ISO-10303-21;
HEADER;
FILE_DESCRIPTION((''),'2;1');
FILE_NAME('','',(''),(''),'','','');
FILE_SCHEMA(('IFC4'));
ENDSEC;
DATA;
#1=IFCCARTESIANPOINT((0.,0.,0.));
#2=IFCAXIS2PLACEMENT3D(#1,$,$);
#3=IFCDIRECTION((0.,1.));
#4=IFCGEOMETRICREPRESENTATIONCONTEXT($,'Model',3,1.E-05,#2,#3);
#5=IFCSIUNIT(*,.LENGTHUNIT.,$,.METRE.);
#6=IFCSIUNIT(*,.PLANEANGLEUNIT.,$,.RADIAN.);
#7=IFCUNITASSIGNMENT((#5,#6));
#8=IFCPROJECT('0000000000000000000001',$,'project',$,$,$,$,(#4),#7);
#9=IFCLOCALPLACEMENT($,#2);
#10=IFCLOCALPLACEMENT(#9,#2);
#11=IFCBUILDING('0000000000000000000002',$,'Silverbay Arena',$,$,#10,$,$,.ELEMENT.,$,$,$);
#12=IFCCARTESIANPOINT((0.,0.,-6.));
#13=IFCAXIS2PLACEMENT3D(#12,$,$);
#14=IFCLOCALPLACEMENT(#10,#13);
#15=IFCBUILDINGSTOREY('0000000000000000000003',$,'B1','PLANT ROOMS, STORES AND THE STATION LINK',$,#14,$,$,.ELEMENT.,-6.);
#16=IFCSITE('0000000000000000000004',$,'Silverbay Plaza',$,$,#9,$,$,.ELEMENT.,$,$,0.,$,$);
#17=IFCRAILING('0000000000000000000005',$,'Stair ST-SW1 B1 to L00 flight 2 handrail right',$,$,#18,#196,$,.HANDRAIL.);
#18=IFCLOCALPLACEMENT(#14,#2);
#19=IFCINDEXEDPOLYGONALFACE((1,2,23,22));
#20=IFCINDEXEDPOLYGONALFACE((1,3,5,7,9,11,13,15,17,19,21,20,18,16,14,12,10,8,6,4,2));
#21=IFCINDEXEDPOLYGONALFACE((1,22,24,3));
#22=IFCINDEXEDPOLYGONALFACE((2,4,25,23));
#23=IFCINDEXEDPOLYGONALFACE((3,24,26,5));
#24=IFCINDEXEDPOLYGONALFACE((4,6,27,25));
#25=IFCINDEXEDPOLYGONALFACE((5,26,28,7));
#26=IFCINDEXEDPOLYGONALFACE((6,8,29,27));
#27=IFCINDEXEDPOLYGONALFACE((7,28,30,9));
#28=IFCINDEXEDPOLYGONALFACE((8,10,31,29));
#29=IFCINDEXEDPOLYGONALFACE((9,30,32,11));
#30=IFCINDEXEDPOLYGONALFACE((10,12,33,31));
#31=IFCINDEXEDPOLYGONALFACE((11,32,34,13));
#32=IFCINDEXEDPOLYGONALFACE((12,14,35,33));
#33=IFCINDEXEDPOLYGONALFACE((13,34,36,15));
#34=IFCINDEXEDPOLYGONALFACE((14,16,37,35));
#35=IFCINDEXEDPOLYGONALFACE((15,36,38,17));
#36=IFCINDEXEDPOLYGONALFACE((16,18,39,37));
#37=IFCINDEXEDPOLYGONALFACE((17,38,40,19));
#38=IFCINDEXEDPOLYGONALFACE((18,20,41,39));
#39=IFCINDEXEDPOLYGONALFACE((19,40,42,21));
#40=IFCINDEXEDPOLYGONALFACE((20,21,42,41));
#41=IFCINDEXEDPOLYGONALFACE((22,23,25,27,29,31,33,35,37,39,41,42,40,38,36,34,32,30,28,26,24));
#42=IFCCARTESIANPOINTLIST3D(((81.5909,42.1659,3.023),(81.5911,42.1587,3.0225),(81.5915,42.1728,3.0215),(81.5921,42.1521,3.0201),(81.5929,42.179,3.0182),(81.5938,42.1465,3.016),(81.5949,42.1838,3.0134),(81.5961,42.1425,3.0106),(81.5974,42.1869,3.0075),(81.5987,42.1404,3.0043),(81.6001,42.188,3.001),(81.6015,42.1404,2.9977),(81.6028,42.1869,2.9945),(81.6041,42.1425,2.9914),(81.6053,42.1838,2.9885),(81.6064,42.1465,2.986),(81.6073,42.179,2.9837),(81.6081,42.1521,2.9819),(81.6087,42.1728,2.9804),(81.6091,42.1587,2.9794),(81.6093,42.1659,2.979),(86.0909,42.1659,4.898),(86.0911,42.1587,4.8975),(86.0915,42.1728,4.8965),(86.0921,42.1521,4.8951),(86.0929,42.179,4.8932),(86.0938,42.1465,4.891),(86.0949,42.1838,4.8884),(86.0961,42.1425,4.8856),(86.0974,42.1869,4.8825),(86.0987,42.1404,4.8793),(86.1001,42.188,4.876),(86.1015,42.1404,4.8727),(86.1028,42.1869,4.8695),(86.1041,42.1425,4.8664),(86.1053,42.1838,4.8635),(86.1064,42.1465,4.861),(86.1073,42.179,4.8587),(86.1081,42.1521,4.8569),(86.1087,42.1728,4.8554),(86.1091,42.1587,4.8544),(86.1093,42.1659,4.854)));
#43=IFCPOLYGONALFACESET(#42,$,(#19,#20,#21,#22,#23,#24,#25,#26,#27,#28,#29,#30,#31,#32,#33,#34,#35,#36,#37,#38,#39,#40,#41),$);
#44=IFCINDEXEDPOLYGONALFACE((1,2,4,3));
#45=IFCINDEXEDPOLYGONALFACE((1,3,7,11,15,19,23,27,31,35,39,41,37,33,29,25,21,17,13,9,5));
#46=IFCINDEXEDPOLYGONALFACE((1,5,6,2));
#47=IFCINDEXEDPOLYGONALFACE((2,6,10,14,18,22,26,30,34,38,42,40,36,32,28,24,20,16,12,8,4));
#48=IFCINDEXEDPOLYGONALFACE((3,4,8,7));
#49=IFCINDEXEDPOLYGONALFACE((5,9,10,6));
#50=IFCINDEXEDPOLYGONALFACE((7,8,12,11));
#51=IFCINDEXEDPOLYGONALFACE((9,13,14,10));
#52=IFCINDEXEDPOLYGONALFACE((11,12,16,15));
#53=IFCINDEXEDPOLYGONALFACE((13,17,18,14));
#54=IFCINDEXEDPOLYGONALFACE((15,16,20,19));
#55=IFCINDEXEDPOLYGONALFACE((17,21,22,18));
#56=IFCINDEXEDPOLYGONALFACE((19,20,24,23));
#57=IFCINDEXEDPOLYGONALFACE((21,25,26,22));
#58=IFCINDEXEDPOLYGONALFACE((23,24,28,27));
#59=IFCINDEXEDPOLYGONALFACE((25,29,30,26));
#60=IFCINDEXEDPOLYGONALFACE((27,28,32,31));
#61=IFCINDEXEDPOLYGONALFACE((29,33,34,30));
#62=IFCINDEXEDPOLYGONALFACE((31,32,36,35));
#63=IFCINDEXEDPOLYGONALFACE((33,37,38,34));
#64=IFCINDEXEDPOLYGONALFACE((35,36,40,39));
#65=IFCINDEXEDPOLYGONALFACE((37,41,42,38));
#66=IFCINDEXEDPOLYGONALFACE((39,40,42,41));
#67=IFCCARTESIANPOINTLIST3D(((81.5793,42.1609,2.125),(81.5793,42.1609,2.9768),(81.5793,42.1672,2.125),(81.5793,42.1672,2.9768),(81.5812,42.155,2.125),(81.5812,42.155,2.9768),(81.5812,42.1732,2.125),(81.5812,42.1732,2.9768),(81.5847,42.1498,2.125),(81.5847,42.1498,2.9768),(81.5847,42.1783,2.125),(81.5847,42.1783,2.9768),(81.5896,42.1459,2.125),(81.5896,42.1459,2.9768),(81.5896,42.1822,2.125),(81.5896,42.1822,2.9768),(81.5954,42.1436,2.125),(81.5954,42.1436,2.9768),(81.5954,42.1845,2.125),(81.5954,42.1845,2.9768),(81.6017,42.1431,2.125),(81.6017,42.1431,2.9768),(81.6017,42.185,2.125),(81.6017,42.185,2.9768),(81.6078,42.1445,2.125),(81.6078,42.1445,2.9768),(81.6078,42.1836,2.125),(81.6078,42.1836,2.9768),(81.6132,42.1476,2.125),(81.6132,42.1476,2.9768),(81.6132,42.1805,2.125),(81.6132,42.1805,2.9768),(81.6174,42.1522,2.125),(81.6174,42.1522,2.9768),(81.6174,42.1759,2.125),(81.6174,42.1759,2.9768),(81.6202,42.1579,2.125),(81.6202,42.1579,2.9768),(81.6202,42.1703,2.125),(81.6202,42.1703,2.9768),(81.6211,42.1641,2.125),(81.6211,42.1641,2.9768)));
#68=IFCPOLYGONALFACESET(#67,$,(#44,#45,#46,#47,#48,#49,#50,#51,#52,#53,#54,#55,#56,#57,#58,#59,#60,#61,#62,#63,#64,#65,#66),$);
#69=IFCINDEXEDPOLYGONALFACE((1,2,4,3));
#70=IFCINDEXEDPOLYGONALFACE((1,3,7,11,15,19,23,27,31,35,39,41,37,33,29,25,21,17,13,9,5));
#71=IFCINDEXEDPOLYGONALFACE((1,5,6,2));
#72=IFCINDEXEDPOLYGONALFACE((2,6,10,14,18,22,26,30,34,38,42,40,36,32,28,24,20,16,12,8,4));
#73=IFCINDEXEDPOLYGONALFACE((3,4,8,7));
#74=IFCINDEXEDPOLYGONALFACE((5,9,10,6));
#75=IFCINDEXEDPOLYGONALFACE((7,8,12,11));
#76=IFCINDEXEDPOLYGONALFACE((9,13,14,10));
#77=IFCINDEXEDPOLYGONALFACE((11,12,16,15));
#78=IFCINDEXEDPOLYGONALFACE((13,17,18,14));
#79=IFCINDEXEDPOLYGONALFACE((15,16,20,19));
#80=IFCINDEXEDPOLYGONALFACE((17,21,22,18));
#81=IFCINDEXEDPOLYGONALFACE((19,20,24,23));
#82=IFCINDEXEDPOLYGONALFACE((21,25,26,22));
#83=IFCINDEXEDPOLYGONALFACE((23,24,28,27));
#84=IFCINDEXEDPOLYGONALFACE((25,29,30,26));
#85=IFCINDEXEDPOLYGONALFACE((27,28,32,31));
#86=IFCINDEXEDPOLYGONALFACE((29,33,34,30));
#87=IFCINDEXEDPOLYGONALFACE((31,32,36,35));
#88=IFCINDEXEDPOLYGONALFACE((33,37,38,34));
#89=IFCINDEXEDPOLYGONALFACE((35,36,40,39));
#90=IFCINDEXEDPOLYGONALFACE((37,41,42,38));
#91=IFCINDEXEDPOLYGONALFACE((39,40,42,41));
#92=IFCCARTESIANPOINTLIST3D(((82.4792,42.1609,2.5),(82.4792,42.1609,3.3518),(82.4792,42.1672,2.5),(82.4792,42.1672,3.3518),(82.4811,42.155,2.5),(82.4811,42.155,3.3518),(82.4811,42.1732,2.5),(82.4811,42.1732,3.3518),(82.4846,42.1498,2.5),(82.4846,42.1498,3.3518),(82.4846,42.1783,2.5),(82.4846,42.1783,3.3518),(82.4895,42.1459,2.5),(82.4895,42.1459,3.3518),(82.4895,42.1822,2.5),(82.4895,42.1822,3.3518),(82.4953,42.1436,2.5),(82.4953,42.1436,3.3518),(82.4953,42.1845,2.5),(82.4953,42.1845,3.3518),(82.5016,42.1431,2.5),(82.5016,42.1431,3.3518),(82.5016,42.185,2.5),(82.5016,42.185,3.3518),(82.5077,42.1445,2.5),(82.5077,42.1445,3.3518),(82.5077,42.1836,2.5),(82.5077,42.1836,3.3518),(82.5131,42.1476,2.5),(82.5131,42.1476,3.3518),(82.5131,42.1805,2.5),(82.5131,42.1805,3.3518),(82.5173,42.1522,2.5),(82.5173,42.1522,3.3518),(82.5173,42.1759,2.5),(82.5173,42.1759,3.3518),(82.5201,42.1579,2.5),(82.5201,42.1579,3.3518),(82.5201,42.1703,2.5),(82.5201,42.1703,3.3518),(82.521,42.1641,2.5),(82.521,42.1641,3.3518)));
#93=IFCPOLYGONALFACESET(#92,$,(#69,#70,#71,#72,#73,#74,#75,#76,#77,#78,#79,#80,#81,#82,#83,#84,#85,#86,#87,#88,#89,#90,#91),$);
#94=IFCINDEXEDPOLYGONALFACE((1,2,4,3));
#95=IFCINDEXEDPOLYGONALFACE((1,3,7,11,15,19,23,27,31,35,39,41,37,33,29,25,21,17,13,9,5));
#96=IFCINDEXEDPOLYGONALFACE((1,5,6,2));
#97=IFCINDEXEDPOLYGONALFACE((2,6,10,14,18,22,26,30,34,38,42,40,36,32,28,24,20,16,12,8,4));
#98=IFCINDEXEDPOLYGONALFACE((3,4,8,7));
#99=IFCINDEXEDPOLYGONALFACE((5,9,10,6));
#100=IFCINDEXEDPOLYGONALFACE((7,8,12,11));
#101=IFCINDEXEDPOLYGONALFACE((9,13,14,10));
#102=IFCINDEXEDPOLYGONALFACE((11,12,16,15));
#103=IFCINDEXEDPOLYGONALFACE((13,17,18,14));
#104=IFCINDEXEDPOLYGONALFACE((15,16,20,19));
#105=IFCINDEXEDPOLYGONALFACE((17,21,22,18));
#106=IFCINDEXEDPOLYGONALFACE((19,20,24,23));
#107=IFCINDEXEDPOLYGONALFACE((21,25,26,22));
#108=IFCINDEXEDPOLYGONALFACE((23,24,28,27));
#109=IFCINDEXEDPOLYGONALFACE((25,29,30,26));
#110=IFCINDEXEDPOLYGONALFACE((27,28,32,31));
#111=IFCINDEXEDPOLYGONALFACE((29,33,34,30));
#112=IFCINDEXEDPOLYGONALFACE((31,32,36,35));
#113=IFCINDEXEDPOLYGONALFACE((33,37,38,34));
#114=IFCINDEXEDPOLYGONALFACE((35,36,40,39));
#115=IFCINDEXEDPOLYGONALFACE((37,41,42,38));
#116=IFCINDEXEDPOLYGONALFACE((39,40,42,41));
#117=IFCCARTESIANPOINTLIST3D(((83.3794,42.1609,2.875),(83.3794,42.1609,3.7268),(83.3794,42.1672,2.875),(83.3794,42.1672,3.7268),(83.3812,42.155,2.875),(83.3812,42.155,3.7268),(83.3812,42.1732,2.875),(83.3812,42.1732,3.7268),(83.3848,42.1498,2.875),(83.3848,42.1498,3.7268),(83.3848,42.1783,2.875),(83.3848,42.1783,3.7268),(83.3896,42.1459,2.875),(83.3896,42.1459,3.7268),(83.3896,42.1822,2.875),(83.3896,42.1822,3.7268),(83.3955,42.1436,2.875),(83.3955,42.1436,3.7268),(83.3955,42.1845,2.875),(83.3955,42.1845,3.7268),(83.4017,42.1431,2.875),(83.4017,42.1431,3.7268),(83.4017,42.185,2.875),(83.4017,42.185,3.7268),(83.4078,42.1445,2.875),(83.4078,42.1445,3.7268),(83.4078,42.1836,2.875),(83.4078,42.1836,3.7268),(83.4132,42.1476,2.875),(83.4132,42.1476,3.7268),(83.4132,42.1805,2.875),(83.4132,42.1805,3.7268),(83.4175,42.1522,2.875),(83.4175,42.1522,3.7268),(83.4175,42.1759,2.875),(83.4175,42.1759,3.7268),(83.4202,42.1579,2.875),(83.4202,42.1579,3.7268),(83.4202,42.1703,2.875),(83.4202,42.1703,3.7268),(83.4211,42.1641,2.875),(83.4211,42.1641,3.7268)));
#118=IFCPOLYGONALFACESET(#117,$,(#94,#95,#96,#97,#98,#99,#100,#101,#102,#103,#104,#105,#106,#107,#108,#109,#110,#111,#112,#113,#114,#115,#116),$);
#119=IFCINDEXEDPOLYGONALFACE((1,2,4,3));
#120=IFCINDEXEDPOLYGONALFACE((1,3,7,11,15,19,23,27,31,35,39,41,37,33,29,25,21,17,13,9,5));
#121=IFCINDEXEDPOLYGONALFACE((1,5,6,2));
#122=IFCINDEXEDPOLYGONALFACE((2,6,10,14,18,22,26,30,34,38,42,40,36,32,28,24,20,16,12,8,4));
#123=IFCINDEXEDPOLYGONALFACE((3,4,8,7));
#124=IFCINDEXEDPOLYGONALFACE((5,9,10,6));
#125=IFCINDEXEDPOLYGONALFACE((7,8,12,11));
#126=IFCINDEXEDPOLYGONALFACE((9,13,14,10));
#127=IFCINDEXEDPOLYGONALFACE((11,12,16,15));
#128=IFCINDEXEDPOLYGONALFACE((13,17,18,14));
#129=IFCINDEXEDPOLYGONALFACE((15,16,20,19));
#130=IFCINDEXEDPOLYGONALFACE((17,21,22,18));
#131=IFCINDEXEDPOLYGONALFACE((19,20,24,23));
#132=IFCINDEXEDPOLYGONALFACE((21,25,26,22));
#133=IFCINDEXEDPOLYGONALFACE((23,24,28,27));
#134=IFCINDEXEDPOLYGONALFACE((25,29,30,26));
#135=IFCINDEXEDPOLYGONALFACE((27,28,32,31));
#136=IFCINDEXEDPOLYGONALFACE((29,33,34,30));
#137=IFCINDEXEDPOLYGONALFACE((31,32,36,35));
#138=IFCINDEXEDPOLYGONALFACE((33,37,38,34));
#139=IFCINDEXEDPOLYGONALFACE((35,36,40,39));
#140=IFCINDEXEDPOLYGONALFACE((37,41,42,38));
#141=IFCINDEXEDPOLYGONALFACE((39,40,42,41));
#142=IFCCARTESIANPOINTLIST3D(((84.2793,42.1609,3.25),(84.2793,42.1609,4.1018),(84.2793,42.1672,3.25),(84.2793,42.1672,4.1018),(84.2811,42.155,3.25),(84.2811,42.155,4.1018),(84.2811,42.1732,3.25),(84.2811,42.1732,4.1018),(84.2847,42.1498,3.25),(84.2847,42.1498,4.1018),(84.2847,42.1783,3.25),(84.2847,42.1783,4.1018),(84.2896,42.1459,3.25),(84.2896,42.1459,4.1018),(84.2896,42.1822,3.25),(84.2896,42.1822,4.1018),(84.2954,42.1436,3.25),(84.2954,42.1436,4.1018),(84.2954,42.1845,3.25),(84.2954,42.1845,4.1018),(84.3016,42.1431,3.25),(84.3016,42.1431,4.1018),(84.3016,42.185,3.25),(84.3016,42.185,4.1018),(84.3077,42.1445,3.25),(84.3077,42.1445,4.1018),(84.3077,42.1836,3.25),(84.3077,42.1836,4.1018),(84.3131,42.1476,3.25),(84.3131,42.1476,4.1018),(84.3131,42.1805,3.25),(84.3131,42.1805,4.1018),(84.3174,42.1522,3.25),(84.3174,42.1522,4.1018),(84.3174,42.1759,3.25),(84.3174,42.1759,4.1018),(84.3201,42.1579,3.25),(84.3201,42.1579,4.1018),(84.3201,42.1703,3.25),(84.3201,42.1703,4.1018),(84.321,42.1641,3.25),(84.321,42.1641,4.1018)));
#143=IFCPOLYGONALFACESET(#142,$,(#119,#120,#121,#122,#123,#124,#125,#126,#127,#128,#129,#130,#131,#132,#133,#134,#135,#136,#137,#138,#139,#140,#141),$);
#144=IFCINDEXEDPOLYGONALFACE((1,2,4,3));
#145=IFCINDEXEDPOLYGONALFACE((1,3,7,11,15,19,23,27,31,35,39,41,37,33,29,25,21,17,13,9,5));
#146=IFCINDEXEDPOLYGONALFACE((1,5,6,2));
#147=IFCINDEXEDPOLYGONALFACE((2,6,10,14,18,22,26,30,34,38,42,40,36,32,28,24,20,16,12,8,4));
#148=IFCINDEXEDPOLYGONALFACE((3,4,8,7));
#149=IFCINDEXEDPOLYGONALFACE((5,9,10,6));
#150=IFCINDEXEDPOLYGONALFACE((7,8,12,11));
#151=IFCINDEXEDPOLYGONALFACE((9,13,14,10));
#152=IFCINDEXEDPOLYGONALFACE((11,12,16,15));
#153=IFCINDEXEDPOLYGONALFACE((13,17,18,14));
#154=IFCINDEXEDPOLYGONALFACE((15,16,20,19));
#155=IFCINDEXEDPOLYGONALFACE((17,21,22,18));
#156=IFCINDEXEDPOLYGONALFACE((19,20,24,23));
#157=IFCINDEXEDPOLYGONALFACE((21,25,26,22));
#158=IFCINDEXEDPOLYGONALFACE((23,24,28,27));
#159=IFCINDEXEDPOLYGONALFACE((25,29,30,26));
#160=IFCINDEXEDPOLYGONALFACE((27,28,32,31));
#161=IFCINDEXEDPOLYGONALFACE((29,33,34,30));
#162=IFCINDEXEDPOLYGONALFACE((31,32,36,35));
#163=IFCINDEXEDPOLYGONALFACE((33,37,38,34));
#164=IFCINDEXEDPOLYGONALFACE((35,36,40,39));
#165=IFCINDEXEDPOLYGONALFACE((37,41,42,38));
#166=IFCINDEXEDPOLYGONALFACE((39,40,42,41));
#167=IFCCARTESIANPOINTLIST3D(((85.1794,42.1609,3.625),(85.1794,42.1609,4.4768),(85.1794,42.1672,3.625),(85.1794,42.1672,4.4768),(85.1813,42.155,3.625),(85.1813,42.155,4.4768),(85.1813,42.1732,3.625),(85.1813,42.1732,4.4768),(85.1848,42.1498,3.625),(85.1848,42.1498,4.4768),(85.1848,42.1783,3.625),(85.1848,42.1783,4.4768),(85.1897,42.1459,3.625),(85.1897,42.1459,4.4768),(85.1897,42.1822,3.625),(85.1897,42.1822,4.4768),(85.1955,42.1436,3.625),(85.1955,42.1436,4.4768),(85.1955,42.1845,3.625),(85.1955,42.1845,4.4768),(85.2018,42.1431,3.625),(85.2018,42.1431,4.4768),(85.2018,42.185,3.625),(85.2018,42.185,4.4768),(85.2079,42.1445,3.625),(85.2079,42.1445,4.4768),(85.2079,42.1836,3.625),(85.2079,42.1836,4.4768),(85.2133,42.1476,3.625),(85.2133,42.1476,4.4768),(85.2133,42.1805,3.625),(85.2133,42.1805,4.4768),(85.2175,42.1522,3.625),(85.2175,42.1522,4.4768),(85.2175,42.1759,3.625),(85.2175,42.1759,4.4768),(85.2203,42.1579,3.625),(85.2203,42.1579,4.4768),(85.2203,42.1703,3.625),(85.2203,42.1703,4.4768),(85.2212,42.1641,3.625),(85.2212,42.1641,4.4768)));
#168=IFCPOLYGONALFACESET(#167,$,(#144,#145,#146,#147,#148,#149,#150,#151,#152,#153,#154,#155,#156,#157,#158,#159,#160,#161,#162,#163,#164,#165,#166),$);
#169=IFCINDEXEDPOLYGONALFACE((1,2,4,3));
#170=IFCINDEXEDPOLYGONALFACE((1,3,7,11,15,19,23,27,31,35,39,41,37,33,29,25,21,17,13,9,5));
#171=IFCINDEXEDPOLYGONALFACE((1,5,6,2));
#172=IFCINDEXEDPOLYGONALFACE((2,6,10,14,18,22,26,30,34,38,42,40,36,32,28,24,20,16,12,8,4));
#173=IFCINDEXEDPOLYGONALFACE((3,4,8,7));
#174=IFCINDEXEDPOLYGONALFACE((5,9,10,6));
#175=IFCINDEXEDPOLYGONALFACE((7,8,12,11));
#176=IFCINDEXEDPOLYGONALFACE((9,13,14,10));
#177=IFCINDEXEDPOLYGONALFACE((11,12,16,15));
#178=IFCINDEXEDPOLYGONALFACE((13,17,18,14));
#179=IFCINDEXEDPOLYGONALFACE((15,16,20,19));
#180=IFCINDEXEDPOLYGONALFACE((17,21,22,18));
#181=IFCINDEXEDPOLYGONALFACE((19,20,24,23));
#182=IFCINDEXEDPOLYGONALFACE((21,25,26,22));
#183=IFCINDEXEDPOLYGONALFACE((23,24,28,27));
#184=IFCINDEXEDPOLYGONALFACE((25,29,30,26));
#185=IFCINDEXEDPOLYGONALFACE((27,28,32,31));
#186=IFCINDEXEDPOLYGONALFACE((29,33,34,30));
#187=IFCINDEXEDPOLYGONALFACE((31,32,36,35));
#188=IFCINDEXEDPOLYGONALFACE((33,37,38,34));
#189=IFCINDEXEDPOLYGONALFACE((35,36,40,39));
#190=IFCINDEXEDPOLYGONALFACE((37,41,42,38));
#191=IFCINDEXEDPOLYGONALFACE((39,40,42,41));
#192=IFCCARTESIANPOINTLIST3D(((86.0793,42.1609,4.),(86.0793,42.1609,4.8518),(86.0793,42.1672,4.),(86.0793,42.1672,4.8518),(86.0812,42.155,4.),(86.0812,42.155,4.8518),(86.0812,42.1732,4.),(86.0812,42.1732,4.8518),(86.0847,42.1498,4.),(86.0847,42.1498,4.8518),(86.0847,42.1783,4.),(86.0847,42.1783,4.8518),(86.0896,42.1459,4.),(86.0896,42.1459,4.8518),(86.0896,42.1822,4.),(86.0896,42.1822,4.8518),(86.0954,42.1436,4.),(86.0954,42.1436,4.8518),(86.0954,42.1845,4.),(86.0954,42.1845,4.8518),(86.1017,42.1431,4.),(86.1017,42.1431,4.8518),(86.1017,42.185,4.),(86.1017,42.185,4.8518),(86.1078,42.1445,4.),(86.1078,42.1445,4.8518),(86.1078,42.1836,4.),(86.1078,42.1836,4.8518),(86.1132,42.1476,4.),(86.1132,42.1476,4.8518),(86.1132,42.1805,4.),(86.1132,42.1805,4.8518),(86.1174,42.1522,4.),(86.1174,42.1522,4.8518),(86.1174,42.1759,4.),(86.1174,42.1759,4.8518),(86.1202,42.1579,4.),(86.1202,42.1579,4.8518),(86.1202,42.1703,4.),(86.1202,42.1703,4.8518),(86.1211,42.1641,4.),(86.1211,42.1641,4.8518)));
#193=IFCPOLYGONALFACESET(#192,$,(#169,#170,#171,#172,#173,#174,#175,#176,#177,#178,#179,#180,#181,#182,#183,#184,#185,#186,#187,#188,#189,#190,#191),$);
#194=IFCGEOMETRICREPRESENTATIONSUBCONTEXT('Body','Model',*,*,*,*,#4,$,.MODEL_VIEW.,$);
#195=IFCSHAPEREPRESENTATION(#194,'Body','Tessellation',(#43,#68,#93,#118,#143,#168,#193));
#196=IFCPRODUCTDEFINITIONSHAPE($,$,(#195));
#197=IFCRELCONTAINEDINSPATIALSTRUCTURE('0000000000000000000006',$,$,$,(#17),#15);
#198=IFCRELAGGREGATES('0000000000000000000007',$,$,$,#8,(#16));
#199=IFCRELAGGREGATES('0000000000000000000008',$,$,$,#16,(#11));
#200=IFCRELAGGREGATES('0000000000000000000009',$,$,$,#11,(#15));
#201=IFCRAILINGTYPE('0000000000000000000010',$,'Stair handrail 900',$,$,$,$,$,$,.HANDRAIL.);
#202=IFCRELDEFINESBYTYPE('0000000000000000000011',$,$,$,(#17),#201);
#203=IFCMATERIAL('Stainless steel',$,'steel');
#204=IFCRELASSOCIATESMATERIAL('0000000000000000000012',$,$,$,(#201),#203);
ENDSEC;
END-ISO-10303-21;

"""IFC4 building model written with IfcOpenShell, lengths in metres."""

from ifc_helpers import new_model, si_unit, direction, frame, origin, origin_2d, place, context, subcontext, project, spatial, circle, extrude, material, type_object, element, save


model = new_model("IFC4")

# Units and contexts
model_context = context("Model", 3, precision=1e-05, world=origin(), true_north=direction((0.0, 1.0)))
body_context = subcontext(model_context, "Body", "Model", "MODEL_VIEW")
ifc_project = project(units=[si_unit("LENGTHUNIT", "METRE"), si_unit("PLANEANGLEUNIT", "RADIAN")], contexts=[model_context])

# Site, building, storey
site_placement = place(None, origin())
site = spatial("IfcSite", under=ifc_project, at=site_placement, Name="Silverbay Plaza", CompositionType="ELEMENT", RefElevation=0.0)
building_placement = place(site_placement, origin())
building = spatial("IfcBuilding", under=site, at=building_placement, Name="Silverbay Arena", CompositionType="ELEMENT")
storey_placement = place(building_placement, frame((0.0, 0.0, -6.0)))
storey = spatial("IfcBuildingStorey", under=building, at=storey_placement, Name="B1", Description="PLANT ROOMS, STORES AND THE STATION LINK", CompositionType="ELEMENT", Elevation=-6.0)

# Railing
ifc_material_1 = material(Name="Stainless steel", Category="steel")
railing_type_1 = type_object("IfcRailingType", Name="Stair handrail 900", PredefinedType="HANDRAIL", material=ifc_material_1)
for number, where, name in (
    (1, (81.6001, 42.1641, 2.125), "Stair ST-SW1 B1 to L00 flight 2 handrail right"),
):
    element("IfcRailing", number, at=place(storey_placement, frame(where)), inside=storey, type_object=railing_type_1, Name=name, PredefinedType="HANDRAIL", context=body_context, shape_type="SweptSolid", body=[
        extrude(circle(Radius=0.0239, at=origin_2d()), frame((0.0, 0.0, 0.876), z_axis=(0.923077, 0.0, 0.384615), x_axis=(0.0, 1.0, 0.0)), (0.0, 0.0, 1.0), 4.875),
        extrude(circle(Radius=0.021, at=origin_2d()), origin(), (0.0, 0.0, 1.0), 0.8518),
        extrude(circle(Radius=0.021, at=origin_2d()), frame((0.8999, 0.0, 0.375)), (0.0, 0.0, 1.0), 0.8518),
        extrude(circle(Radius=0.021, at=origin_2d()), frame((1.8, 0.0, 0.75)), (0.0, 0.0, 1.0), 0.8518),
        extrude(circle(Radius=0.021, at=origin_2d()), frame((2.7, 0.0, 1.125)), (0.0, 0.0, 1.0), 0.8518),
        extrude(circle(Radius=0.021, at=origin_2d()), frame((3.6001, 0.0, 1.5)), (0.0, 0.0, 1.0), 0.8518),
        extrude(circle(Radius=0.021, at=origin_2d()), frame((4.5, 0.0, 1.875)), (0.0, 0.0, 1.0), 0.8518),
    ])

save(model, "model.ifc")
